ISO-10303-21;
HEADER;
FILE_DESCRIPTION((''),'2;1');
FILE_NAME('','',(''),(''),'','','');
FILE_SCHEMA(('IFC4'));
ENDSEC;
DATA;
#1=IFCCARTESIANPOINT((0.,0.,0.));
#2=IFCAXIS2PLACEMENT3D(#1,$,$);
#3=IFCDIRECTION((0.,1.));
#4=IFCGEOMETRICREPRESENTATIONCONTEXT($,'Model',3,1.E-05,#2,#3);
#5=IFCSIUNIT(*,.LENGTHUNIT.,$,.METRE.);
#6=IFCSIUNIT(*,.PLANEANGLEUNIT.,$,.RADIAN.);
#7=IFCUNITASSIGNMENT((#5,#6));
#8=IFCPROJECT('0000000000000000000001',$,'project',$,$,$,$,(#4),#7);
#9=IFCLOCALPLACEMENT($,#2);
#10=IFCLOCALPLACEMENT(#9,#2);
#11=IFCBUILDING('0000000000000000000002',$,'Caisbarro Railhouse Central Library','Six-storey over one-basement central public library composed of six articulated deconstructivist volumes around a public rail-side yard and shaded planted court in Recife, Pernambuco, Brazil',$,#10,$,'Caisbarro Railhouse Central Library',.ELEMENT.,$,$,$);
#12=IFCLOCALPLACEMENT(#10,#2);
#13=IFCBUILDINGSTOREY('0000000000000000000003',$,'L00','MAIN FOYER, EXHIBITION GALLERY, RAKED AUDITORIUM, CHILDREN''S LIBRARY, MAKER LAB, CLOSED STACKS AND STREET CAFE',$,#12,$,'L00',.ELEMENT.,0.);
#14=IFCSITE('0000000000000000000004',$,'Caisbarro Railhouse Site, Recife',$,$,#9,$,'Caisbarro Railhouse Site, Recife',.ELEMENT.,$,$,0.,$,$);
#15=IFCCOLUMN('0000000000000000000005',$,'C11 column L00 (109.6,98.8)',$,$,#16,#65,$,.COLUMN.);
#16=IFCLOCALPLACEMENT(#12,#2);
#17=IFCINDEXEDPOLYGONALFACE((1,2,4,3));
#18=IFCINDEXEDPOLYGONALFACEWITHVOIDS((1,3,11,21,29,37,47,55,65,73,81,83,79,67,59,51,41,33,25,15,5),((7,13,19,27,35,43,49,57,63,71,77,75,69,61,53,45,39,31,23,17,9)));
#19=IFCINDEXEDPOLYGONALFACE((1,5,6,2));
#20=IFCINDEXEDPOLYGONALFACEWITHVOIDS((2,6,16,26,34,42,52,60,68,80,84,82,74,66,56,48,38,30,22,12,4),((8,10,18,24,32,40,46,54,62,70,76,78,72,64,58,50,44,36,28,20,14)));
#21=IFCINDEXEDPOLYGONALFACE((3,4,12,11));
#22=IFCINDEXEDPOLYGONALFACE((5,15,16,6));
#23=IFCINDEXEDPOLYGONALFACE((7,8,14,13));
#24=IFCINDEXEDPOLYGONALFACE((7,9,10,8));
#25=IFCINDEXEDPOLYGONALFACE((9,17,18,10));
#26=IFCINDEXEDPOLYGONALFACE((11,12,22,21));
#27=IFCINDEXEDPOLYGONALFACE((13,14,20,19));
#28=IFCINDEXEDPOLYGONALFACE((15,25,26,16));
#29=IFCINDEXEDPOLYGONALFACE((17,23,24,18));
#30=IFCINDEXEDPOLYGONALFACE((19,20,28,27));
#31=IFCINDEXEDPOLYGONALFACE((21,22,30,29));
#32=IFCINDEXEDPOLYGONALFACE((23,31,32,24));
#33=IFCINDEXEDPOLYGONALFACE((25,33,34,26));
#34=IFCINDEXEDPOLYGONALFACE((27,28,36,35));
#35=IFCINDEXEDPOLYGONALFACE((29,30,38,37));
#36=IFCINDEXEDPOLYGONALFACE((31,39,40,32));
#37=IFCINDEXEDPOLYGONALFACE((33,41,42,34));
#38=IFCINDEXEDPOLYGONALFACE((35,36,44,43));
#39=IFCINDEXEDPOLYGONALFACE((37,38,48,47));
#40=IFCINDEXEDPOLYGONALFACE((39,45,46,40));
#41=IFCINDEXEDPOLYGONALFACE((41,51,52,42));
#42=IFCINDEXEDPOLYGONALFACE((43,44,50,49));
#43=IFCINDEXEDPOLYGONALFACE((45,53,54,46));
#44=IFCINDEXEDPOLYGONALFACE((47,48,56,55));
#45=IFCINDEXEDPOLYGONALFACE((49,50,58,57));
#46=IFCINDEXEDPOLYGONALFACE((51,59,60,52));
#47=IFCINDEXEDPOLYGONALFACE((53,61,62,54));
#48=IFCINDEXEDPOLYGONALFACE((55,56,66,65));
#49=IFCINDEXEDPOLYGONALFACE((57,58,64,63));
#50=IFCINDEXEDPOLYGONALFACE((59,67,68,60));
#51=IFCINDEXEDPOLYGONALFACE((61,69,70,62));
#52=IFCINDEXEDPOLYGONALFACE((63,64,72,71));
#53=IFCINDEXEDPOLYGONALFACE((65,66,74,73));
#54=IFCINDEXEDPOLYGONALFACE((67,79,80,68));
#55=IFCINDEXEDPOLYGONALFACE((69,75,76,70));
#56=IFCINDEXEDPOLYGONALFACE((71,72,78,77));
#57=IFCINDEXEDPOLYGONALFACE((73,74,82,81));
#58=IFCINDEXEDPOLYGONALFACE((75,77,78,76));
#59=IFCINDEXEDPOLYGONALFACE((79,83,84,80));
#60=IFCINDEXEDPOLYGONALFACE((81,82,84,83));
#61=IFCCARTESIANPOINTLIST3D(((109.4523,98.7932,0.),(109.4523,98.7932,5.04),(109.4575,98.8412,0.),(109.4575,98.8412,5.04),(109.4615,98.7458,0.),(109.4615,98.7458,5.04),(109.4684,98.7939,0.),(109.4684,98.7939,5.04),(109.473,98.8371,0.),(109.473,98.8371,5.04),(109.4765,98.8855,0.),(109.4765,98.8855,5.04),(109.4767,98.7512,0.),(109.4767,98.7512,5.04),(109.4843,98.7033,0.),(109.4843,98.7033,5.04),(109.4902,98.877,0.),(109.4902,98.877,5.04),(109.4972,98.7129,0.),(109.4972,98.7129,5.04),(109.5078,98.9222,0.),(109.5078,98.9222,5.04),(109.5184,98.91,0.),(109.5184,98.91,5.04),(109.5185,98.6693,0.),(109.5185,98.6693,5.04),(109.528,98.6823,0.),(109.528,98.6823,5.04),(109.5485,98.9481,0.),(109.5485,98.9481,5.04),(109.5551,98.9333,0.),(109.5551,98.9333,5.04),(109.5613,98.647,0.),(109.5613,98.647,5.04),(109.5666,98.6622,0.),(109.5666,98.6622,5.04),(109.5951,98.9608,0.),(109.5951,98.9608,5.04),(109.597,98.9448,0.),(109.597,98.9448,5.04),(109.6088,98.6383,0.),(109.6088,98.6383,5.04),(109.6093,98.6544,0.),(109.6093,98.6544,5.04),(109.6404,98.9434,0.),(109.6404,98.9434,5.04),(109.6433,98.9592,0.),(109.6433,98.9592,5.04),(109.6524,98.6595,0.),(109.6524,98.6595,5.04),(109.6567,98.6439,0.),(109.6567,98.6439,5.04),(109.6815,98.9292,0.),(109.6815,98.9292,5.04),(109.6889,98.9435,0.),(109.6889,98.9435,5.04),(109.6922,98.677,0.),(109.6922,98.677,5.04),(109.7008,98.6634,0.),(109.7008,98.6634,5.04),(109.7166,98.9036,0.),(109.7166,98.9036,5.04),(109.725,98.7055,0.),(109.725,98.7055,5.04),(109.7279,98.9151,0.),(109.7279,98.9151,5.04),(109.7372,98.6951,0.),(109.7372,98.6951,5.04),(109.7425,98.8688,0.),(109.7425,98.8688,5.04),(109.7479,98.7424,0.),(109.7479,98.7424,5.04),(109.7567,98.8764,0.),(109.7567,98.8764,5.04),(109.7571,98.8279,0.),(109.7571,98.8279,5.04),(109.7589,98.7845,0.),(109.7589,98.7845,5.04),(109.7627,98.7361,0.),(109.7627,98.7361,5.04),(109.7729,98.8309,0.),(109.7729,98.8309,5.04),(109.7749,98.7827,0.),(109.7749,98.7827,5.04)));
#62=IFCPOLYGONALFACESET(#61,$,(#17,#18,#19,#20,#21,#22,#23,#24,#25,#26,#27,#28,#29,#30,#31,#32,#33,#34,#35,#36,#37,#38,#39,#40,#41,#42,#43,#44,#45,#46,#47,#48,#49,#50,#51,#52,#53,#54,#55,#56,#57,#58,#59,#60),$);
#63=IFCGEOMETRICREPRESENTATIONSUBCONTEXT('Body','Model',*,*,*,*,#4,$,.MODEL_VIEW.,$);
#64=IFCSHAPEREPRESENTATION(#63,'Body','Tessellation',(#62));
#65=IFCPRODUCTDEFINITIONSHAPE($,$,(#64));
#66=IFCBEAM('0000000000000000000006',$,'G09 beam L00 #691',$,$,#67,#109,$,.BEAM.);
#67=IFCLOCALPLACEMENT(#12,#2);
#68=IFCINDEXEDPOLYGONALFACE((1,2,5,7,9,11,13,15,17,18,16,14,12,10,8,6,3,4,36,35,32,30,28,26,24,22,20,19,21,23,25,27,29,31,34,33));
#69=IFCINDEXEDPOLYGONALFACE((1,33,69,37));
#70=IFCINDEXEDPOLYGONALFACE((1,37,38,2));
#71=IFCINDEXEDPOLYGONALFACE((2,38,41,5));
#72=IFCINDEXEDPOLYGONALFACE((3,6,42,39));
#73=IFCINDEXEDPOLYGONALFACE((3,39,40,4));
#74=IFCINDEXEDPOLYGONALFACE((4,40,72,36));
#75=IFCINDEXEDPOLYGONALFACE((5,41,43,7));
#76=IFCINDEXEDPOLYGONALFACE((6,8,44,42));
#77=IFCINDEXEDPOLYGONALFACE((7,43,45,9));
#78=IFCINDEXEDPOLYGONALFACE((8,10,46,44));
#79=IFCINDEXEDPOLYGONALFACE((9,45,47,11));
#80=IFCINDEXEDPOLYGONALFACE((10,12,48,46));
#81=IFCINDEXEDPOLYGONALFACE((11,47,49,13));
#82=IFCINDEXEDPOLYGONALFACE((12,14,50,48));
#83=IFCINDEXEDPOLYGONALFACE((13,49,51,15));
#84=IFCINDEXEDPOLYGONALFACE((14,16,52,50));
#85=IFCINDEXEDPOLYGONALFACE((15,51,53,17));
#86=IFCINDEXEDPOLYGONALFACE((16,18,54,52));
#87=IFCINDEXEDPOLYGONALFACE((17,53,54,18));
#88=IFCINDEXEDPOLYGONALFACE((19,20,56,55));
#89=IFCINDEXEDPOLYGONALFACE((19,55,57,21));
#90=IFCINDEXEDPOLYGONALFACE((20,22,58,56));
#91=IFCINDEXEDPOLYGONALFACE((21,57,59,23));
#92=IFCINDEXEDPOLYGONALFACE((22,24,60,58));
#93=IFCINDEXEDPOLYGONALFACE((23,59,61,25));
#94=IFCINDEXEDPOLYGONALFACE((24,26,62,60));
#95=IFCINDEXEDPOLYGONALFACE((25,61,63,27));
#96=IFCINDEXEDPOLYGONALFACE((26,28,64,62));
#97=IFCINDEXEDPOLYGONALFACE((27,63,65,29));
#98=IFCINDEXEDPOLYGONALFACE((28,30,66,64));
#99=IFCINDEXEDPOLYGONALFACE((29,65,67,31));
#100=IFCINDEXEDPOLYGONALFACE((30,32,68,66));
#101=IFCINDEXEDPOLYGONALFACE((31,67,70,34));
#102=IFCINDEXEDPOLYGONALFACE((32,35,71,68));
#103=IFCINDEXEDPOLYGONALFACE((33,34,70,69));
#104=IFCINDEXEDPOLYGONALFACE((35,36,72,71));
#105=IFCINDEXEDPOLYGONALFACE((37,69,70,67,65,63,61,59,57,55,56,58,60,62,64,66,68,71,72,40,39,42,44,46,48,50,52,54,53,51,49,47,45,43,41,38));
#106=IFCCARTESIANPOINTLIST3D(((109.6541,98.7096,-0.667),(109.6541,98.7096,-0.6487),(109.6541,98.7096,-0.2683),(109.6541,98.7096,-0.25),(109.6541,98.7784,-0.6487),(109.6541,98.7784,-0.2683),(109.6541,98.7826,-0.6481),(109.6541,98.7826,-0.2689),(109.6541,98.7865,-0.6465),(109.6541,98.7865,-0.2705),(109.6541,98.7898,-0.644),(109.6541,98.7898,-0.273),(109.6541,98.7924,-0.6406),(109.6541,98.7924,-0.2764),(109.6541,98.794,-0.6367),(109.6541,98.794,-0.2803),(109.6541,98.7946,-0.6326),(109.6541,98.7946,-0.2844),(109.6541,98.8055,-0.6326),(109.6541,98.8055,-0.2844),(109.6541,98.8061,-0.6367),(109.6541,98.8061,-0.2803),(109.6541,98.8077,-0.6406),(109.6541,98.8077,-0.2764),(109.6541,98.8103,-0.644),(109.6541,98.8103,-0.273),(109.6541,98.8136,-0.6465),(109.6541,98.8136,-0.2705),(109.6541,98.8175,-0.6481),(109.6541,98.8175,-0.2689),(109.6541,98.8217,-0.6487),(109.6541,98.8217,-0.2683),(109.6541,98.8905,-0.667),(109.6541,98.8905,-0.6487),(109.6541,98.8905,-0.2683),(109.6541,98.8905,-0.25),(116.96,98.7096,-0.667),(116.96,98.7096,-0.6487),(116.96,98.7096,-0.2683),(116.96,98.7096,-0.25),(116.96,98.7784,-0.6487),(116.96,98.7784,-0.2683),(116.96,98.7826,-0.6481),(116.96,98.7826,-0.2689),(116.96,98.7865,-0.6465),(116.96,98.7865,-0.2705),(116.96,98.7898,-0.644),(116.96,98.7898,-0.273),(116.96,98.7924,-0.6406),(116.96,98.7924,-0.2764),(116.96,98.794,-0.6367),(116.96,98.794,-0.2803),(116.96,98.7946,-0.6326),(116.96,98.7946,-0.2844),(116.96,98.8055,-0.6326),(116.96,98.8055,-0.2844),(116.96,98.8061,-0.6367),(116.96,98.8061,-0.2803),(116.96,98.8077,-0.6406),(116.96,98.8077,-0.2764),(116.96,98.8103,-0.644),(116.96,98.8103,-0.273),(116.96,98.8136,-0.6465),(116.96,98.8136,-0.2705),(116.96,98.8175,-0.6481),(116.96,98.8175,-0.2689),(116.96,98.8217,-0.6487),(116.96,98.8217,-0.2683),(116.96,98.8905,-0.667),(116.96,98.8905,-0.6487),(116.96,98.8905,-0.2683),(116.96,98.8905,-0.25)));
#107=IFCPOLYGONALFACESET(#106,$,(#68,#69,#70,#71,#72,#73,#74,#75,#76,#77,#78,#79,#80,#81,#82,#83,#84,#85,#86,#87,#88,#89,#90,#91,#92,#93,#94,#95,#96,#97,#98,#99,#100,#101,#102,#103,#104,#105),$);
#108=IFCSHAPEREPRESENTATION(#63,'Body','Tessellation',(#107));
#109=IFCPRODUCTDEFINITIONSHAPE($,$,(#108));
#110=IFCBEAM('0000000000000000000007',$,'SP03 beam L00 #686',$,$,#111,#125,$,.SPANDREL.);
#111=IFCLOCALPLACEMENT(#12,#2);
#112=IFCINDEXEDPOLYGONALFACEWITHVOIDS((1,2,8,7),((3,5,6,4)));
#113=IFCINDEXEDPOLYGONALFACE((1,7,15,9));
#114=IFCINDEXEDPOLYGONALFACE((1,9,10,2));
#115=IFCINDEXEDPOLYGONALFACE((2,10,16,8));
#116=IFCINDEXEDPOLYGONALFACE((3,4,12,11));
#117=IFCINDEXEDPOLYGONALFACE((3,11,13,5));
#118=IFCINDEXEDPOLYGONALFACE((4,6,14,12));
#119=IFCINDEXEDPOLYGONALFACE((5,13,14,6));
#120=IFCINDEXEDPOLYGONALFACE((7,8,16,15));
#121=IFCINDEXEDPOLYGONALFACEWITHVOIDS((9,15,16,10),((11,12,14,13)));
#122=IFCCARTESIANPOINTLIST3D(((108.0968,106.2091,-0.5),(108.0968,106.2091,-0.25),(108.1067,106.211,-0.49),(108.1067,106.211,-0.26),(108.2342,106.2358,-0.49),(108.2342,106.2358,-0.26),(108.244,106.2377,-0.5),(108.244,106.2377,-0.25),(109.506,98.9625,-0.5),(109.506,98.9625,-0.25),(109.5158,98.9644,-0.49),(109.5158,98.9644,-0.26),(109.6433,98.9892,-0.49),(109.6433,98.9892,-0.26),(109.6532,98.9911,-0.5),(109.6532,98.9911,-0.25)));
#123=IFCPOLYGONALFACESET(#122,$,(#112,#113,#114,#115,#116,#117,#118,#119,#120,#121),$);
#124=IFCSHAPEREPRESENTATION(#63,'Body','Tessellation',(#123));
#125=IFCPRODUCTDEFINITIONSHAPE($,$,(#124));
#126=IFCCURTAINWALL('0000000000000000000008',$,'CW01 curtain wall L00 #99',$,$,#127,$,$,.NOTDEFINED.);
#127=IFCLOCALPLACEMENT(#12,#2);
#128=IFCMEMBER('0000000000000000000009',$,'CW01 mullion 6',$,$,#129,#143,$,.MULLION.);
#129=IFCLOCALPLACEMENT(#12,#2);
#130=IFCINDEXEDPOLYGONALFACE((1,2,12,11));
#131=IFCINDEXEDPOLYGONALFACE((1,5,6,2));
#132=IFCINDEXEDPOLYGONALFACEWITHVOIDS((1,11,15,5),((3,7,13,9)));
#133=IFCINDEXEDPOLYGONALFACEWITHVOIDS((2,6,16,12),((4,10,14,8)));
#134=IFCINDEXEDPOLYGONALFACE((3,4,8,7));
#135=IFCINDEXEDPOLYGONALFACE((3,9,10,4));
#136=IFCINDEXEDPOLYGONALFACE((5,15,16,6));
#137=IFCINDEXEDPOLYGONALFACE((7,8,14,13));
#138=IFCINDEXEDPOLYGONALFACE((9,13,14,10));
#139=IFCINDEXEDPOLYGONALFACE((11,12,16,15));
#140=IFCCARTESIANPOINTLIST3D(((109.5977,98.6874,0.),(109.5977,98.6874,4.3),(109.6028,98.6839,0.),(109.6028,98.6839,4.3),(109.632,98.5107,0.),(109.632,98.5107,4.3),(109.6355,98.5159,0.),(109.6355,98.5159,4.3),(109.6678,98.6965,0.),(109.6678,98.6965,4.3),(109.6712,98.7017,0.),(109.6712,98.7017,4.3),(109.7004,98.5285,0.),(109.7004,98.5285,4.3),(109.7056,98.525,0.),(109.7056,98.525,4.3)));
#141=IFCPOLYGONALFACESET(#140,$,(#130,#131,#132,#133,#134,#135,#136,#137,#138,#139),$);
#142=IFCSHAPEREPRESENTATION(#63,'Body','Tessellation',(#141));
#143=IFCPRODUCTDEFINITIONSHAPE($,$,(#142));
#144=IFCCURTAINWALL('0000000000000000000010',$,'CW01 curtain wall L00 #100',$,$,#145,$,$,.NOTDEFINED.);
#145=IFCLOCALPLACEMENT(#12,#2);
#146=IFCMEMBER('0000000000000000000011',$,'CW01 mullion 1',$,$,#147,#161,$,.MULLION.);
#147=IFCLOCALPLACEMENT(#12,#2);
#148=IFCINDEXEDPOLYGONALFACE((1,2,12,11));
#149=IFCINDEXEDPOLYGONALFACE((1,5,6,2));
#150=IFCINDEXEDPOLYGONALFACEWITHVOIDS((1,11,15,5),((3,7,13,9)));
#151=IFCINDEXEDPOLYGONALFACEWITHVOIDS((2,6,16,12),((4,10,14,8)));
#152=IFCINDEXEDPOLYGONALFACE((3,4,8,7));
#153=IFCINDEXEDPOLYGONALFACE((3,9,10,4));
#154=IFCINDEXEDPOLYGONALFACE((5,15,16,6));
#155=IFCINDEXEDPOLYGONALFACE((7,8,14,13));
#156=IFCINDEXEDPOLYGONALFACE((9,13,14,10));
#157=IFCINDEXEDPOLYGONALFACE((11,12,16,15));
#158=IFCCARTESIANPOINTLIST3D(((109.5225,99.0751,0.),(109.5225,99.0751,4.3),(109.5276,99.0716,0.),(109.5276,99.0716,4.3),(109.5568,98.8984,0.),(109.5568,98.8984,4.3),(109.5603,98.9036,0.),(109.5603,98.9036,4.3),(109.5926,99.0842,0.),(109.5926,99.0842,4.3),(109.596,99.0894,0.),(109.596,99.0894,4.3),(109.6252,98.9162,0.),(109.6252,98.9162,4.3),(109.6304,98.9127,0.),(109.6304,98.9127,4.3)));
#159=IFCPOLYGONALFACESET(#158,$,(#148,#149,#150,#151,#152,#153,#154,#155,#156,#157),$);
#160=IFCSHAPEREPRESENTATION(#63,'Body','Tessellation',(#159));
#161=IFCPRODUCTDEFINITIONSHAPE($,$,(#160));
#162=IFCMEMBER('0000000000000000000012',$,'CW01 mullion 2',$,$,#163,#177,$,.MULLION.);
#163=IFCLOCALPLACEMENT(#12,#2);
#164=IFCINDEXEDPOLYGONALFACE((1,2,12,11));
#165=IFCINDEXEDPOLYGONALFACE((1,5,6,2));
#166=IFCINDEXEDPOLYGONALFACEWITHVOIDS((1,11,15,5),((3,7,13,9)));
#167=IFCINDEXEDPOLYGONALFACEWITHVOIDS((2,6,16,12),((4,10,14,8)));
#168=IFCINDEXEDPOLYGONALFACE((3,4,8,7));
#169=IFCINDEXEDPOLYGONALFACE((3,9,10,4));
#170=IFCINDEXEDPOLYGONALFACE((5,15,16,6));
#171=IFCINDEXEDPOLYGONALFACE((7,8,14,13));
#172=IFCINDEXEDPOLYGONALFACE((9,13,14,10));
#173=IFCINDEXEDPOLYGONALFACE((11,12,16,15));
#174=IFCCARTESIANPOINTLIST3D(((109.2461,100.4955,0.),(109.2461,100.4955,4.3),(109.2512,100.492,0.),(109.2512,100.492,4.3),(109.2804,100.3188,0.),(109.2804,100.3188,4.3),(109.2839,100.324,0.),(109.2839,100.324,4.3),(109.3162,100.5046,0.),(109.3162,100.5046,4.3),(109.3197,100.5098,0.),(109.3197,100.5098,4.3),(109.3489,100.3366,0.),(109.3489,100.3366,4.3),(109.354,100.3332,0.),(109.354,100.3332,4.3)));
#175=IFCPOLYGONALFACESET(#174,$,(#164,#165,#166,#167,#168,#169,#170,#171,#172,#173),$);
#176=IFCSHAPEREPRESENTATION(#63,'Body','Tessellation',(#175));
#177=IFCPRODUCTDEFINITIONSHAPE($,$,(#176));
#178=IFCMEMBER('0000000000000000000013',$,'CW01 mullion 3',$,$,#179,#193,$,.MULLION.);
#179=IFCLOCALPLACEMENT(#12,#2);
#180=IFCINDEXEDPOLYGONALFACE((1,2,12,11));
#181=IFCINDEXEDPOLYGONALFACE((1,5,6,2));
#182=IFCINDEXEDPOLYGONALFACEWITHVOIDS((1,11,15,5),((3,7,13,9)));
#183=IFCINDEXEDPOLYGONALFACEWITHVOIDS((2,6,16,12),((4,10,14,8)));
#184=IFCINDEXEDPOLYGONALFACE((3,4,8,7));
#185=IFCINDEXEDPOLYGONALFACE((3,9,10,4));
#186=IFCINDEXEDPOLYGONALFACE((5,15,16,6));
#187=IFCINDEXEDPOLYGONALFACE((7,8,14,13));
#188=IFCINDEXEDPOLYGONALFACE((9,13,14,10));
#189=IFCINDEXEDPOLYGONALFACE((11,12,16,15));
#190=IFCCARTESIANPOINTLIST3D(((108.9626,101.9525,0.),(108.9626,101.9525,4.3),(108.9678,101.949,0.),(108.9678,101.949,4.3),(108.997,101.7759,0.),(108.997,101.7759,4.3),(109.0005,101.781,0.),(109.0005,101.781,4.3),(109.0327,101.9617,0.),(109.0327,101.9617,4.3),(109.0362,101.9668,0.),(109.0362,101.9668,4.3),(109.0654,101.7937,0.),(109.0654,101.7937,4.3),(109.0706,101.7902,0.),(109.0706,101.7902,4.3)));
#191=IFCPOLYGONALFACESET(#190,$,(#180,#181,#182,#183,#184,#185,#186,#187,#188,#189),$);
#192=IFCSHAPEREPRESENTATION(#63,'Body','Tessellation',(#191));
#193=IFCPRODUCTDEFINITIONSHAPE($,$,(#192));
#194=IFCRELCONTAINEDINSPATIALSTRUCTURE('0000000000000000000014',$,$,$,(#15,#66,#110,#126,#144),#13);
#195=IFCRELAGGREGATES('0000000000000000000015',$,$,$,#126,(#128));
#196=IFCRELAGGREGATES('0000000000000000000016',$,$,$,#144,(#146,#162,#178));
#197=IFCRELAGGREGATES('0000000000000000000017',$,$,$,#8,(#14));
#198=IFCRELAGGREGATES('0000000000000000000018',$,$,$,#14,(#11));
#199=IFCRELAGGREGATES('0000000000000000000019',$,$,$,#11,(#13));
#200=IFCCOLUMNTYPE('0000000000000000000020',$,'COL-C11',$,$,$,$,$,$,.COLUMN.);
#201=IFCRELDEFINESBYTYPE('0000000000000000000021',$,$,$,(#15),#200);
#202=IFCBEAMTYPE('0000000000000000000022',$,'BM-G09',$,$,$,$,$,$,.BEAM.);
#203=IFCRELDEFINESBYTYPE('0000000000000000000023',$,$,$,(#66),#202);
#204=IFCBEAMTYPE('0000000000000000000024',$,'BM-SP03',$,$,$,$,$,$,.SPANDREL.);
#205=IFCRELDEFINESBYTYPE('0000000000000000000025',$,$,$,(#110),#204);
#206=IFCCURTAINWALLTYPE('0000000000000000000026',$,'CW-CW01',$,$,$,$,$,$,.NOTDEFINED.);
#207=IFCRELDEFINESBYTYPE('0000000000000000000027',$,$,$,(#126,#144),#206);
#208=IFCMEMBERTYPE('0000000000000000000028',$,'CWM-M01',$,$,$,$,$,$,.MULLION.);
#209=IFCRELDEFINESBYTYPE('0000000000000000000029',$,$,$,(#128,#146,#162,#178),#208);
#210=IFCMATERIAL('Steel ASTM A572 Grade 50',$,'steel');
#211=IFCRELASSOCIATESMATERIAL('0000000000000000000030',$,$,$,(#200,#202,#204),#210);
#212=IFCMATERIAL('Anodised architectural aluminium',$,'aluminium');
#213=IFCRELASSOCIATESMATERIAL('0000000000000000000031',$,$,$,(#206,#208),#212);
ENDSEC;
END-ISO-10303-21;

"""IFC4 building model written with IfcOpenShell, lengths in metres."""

from ifc_helpers import new_model, si_unit, direction, frame, origin, origin_2d, place, context, subcontext, project, spatial, hollow_rectangle, hollow_circle, i_section, extrude, material, material_profile, profile_set, type_object, element, aggregate, save


model = new_model("IFC4")

# Units and contexts
model_context = context("Model", 3, precision=1e-05, world=origin(), true_north=direction((0.0, 1.0)))
body_context = subcontext(model_context, "Body", "Model", "MODEL_VIEW")
ifc_project = project(units=[si_unit("LENGTHUNIT", "METRE"), si_unit("PLANEANGLEUNIT", "RADIAN")], contexts=[model_context])

# Site, building, storey
site_placement = place(None, origin())
site = spatial("IfcSite", under=ifc_project, at=site_placement, Name="Caisbarro Railhouse Site, Recife", LongName="Caisbarro Railhouse Site, Recife", CompositionType="ELEMENT", RefElevation=0.0)
building_placement = place(site_placement, origin())
building = spatial("IfcBuilding", under=site, at=building_placement, Name="Caisbarro Railhouse Central Library", Description="Six-storey over one-basement central public library composed of six articulated deconstructivist volumes around a public rail-side yard and shaded planted court in Recife, Pernambuco, Brazil", LongName="Caisbarro Railhouse Central Library", CompositionType="ELEMENT")
storey_placement = place(building_placement, origin())
storey = spatial("IfcBuildingStorey", under=building, at=storey_placement, Name="L00", Description="MAIN FOYER, EXHIBITION GALLERY, RAKED AUDITORIUM, CHILDREN'S LIBRARY, MAKER LAB, CLOSED STACKS AND STREET CAFE", LongName="L00", CompositionType="ELEMENT", Elevation=0.0)

# Column
ifc_material_1 = material(Name="Steel ASTM A572 Grade 50", Category="steel")
ifc_material_profile_1 = material_profile(ifc_material_1, hollow_circle(Radius=0.1619, WallThickness=0.0161, at=origin_2d()), Name="CHS323.9X16.0")
ifc_profile_set_1 = profile_set([ifc_material_profile_1], Name="Steel ASTM A572 Grade 50")
column_type = type_object("IfcColumnType", Name="COL-C11", PredefinedType="COLUMN", material=ifc_profile_set_1)
column_placement = place(storey_placement, frame((109.614, 98.8, 0.0), z_axis=(0.0, 0.0, 1.0), x_axis=(0.981627, 0.190809, 0.0)))
element("IfcColumn", 1, at=column_placement, inside=storey, type_object=column_type, Name="C11 column L00 (109.6,98.8)", PredefinedType="COLUMN", context=body_context, shape_type="SweptSolid", body=[
    extrude(hollow_circle(Radius=0.1619, WallThickness=0.0161, at=origin_2d()), origin(), (0.0, 0.0, 1.0), 5.04),
])

# Beams
ifc_material_profile_2 = material_profile(ifc_material_1, i_section(OverallWidth=0.1809, OverallDepth=0.417, WebThickness=0.011, FlangeThickness=0.0183, FilletRadius=0.0161, at=origin_2d()), Name="W410X85.0")
ifc_profile_set_2 = profile_set([ifc_material_profile_2], Name="Steel ASTM A572 Grade 50")
beam_type_1 = type_object("IfcBeamType", Name="BM-G09", PredefinedType="BEAM", material=ifc_profile_set_2)
beam_1_placement = place(storey_placement, frame((109.6541, 98.8, -0.4585), z_axis=(1.0, 0.0, 0.0), x_axis=(0.0, 1.0, 0.0)))
element("IfcBeam", 2, at=beam_1_placement, inside=storey, type_object=beam_type_1, Name="G09 beam L00 #691", PredefinedType="BEAM", context=body_context, shape_type="SweptSolid", body=[
    extrude(i_section(OverallWidth=0.1809, OverallDepth=0.417, WebThickness=0.011, FlangeThickness=0.0183, FilletRadius=0.0161, at=origin_2d()), origin(), (0.0, 0.0, 1.0), 7.3059),
])
ifc_material_profile_3 = material_profile(ifc_material_1, hollow_rectangle(XDim=0.1499, YDim=0.25, WallThickness=0.01, at=origin_2d()), Name="HSS250X150X10")
ifc_profile_set_3 = profile_set([ifc_material_profile_3], Name="Steel ASTM A572 Grade 50")
beam_type_2 = type_object("IfcBeamType", Name="BM-SP03", PredefinedType="SPANDREL", material=ifc_profile_set_3)
beam_2_placement = place(storey_placement, frame((109.5796, 98.9768, -0.375), z_axis=(-0.190886, 0.981612, 0.0), x_axis=(-0.981612, -0.190886, 0.0)))
element("IfcBeam", 3, at=beam_2_placement, inside=storey, type_object=beam_type_2, Name="SP03 beam L00 #686", PredefinedType="SPANDREL", context=body_context, shape_type="SweptSolid", body=[
    extrude(hollow_rectangle(XDim=0.1499, YDim=0.25, WallThickness=0.01, at=origin_2d()), origin(), (0.0, 0.0, 1.0), 7.3823),
])

# Curtain wall, member
ifc_material_2 = material(Name="Anodised architectural aluminium", Category="aluminium")
curtain_wall_type = type_object("IfcCurtainWallType", Name="CW-CW01", PredefinedType="NOTDEFINED", material=ifc_material_2)
curtain_wall_1_placement = place(storey_placement, origin())
curtain_wall_1 = element("IfcCurtainWall", 4, at=curtain_wall_1_placement, inside=storey, type_object=curtain_wall_type, Name="CW01 curtain wall L00 #99", PredefinedType="NOTDEFINED")
ifc_material_profile_4 = material_profile(ifc_material_2, hollow_rectangle(XDim=0.075, YDim=0.1799, WallThickness=0.0044, at=origin_2d()), Name="ALU-MUL-75X180")
ifc_profile_set_4 = profile_set([ifc_material_profile_4], Name="Anodised architectural aluminium")
member_type_1 = type_object("IfcMemberType", Name="CWM-M01", PredefinedType="MULLION", material=ifc_profile_set_4)
member_1_placement = place(storey_placement, frame((109.6516, 98.6062, 0.0), z_axis=(0.0, 0.0, 1.0), x_axis=(-0.981633, -0.190781, 0.0)))
member_1 = element("IfcMember", 5, at=member_1_placement, type_object=member_type_1, Name="CW01 mullion 6", PredefinedType="MULLION", context=body_context, shape_type="SweptSolid", body=[
    extrude(hollow_rectangle(XDim=0.075, YDim=0.1799, WallThickness=0.0044, at=origin_2d()), origin(), (0.0, 0.0, 1.0), 4.3),
])

# Curtain wall, members
curtain_wall_2_placement = place(storey_placement, origin())
curtain_wall_2 = element("IfcCurtainWall", 6, at=curtain_wall_2_placement, inside=storey, type_object=curtain_wall_type, Name="CW01 curtain wall L00 #100", PredefinedType="NOTDEFINED")
member_2_placement = place(storey_placement, frame((109.5764, 98.9939, 0.0), z_axis=(0.0, 0.0, 1.0), x_axis=(-0.981607, -0.190911, 0.0)))
member_2 = element("IfcMember", 7, at=member_2_placement, type_object=member_type_1, Name="CW01 mullion 1", PredefinedType="MULLION", context=body_context, shape_type="SweptSolid", body=[
    extrude(hollow_rectangle(XDim=0.075, YDim=0.1799, WallThickness=0.0044, at=origin_2d()), origin(), (0.0, 0.0, 1.0), 4.3),
])
member_3_placement = place(storey_placement, frame((109.3, 100.4143, 0.0), z_axis=(0.0, 0.0, 1.0), x_axis=(-0.981607, -0.190911, 0.0)))
member_3 = element("IfcMember", 8, at=member_3_placement, type_object=member_type_1, Name="CW01 mullion 2", PredefinedType="MULLION", context=body_context, shape_type="SweptSolid", body=[
    extrude(hollow_rectangle(XDim=0.075, YDim=0.1799, WallThickness=0.0044, at=origin_2d()), origin(), (0.0, 0.0, 1.0), 4.3),
])
member_4_placement = place(storey_placement, frame((109.0166, 101.8713, 0.0), z_axis=(0.0, 0.0, 1.0), x_axis=(-0.981607, -0.190911, 0.0)))
member_4 = element("IfcMember", 9, at=member_4_placement, type_object=member_type_1, Name="CW01 mullion 3", PredefinedType="MULLION", context=body_context, shape_type="SweptSolid", body=[
    extrude(hollow_rectangle(XDim=0.075, YDim=0.1799, WallThickness=0.0044, at=origin_2d()), origin(), (0.0, 0.0, 1.0), 4.3),
])

aggregate(curtain_wall_1, [member_1])
aggregate(curtain_wall_2, [member_2, member_3, member_4])

save(model, "model.ifc")
